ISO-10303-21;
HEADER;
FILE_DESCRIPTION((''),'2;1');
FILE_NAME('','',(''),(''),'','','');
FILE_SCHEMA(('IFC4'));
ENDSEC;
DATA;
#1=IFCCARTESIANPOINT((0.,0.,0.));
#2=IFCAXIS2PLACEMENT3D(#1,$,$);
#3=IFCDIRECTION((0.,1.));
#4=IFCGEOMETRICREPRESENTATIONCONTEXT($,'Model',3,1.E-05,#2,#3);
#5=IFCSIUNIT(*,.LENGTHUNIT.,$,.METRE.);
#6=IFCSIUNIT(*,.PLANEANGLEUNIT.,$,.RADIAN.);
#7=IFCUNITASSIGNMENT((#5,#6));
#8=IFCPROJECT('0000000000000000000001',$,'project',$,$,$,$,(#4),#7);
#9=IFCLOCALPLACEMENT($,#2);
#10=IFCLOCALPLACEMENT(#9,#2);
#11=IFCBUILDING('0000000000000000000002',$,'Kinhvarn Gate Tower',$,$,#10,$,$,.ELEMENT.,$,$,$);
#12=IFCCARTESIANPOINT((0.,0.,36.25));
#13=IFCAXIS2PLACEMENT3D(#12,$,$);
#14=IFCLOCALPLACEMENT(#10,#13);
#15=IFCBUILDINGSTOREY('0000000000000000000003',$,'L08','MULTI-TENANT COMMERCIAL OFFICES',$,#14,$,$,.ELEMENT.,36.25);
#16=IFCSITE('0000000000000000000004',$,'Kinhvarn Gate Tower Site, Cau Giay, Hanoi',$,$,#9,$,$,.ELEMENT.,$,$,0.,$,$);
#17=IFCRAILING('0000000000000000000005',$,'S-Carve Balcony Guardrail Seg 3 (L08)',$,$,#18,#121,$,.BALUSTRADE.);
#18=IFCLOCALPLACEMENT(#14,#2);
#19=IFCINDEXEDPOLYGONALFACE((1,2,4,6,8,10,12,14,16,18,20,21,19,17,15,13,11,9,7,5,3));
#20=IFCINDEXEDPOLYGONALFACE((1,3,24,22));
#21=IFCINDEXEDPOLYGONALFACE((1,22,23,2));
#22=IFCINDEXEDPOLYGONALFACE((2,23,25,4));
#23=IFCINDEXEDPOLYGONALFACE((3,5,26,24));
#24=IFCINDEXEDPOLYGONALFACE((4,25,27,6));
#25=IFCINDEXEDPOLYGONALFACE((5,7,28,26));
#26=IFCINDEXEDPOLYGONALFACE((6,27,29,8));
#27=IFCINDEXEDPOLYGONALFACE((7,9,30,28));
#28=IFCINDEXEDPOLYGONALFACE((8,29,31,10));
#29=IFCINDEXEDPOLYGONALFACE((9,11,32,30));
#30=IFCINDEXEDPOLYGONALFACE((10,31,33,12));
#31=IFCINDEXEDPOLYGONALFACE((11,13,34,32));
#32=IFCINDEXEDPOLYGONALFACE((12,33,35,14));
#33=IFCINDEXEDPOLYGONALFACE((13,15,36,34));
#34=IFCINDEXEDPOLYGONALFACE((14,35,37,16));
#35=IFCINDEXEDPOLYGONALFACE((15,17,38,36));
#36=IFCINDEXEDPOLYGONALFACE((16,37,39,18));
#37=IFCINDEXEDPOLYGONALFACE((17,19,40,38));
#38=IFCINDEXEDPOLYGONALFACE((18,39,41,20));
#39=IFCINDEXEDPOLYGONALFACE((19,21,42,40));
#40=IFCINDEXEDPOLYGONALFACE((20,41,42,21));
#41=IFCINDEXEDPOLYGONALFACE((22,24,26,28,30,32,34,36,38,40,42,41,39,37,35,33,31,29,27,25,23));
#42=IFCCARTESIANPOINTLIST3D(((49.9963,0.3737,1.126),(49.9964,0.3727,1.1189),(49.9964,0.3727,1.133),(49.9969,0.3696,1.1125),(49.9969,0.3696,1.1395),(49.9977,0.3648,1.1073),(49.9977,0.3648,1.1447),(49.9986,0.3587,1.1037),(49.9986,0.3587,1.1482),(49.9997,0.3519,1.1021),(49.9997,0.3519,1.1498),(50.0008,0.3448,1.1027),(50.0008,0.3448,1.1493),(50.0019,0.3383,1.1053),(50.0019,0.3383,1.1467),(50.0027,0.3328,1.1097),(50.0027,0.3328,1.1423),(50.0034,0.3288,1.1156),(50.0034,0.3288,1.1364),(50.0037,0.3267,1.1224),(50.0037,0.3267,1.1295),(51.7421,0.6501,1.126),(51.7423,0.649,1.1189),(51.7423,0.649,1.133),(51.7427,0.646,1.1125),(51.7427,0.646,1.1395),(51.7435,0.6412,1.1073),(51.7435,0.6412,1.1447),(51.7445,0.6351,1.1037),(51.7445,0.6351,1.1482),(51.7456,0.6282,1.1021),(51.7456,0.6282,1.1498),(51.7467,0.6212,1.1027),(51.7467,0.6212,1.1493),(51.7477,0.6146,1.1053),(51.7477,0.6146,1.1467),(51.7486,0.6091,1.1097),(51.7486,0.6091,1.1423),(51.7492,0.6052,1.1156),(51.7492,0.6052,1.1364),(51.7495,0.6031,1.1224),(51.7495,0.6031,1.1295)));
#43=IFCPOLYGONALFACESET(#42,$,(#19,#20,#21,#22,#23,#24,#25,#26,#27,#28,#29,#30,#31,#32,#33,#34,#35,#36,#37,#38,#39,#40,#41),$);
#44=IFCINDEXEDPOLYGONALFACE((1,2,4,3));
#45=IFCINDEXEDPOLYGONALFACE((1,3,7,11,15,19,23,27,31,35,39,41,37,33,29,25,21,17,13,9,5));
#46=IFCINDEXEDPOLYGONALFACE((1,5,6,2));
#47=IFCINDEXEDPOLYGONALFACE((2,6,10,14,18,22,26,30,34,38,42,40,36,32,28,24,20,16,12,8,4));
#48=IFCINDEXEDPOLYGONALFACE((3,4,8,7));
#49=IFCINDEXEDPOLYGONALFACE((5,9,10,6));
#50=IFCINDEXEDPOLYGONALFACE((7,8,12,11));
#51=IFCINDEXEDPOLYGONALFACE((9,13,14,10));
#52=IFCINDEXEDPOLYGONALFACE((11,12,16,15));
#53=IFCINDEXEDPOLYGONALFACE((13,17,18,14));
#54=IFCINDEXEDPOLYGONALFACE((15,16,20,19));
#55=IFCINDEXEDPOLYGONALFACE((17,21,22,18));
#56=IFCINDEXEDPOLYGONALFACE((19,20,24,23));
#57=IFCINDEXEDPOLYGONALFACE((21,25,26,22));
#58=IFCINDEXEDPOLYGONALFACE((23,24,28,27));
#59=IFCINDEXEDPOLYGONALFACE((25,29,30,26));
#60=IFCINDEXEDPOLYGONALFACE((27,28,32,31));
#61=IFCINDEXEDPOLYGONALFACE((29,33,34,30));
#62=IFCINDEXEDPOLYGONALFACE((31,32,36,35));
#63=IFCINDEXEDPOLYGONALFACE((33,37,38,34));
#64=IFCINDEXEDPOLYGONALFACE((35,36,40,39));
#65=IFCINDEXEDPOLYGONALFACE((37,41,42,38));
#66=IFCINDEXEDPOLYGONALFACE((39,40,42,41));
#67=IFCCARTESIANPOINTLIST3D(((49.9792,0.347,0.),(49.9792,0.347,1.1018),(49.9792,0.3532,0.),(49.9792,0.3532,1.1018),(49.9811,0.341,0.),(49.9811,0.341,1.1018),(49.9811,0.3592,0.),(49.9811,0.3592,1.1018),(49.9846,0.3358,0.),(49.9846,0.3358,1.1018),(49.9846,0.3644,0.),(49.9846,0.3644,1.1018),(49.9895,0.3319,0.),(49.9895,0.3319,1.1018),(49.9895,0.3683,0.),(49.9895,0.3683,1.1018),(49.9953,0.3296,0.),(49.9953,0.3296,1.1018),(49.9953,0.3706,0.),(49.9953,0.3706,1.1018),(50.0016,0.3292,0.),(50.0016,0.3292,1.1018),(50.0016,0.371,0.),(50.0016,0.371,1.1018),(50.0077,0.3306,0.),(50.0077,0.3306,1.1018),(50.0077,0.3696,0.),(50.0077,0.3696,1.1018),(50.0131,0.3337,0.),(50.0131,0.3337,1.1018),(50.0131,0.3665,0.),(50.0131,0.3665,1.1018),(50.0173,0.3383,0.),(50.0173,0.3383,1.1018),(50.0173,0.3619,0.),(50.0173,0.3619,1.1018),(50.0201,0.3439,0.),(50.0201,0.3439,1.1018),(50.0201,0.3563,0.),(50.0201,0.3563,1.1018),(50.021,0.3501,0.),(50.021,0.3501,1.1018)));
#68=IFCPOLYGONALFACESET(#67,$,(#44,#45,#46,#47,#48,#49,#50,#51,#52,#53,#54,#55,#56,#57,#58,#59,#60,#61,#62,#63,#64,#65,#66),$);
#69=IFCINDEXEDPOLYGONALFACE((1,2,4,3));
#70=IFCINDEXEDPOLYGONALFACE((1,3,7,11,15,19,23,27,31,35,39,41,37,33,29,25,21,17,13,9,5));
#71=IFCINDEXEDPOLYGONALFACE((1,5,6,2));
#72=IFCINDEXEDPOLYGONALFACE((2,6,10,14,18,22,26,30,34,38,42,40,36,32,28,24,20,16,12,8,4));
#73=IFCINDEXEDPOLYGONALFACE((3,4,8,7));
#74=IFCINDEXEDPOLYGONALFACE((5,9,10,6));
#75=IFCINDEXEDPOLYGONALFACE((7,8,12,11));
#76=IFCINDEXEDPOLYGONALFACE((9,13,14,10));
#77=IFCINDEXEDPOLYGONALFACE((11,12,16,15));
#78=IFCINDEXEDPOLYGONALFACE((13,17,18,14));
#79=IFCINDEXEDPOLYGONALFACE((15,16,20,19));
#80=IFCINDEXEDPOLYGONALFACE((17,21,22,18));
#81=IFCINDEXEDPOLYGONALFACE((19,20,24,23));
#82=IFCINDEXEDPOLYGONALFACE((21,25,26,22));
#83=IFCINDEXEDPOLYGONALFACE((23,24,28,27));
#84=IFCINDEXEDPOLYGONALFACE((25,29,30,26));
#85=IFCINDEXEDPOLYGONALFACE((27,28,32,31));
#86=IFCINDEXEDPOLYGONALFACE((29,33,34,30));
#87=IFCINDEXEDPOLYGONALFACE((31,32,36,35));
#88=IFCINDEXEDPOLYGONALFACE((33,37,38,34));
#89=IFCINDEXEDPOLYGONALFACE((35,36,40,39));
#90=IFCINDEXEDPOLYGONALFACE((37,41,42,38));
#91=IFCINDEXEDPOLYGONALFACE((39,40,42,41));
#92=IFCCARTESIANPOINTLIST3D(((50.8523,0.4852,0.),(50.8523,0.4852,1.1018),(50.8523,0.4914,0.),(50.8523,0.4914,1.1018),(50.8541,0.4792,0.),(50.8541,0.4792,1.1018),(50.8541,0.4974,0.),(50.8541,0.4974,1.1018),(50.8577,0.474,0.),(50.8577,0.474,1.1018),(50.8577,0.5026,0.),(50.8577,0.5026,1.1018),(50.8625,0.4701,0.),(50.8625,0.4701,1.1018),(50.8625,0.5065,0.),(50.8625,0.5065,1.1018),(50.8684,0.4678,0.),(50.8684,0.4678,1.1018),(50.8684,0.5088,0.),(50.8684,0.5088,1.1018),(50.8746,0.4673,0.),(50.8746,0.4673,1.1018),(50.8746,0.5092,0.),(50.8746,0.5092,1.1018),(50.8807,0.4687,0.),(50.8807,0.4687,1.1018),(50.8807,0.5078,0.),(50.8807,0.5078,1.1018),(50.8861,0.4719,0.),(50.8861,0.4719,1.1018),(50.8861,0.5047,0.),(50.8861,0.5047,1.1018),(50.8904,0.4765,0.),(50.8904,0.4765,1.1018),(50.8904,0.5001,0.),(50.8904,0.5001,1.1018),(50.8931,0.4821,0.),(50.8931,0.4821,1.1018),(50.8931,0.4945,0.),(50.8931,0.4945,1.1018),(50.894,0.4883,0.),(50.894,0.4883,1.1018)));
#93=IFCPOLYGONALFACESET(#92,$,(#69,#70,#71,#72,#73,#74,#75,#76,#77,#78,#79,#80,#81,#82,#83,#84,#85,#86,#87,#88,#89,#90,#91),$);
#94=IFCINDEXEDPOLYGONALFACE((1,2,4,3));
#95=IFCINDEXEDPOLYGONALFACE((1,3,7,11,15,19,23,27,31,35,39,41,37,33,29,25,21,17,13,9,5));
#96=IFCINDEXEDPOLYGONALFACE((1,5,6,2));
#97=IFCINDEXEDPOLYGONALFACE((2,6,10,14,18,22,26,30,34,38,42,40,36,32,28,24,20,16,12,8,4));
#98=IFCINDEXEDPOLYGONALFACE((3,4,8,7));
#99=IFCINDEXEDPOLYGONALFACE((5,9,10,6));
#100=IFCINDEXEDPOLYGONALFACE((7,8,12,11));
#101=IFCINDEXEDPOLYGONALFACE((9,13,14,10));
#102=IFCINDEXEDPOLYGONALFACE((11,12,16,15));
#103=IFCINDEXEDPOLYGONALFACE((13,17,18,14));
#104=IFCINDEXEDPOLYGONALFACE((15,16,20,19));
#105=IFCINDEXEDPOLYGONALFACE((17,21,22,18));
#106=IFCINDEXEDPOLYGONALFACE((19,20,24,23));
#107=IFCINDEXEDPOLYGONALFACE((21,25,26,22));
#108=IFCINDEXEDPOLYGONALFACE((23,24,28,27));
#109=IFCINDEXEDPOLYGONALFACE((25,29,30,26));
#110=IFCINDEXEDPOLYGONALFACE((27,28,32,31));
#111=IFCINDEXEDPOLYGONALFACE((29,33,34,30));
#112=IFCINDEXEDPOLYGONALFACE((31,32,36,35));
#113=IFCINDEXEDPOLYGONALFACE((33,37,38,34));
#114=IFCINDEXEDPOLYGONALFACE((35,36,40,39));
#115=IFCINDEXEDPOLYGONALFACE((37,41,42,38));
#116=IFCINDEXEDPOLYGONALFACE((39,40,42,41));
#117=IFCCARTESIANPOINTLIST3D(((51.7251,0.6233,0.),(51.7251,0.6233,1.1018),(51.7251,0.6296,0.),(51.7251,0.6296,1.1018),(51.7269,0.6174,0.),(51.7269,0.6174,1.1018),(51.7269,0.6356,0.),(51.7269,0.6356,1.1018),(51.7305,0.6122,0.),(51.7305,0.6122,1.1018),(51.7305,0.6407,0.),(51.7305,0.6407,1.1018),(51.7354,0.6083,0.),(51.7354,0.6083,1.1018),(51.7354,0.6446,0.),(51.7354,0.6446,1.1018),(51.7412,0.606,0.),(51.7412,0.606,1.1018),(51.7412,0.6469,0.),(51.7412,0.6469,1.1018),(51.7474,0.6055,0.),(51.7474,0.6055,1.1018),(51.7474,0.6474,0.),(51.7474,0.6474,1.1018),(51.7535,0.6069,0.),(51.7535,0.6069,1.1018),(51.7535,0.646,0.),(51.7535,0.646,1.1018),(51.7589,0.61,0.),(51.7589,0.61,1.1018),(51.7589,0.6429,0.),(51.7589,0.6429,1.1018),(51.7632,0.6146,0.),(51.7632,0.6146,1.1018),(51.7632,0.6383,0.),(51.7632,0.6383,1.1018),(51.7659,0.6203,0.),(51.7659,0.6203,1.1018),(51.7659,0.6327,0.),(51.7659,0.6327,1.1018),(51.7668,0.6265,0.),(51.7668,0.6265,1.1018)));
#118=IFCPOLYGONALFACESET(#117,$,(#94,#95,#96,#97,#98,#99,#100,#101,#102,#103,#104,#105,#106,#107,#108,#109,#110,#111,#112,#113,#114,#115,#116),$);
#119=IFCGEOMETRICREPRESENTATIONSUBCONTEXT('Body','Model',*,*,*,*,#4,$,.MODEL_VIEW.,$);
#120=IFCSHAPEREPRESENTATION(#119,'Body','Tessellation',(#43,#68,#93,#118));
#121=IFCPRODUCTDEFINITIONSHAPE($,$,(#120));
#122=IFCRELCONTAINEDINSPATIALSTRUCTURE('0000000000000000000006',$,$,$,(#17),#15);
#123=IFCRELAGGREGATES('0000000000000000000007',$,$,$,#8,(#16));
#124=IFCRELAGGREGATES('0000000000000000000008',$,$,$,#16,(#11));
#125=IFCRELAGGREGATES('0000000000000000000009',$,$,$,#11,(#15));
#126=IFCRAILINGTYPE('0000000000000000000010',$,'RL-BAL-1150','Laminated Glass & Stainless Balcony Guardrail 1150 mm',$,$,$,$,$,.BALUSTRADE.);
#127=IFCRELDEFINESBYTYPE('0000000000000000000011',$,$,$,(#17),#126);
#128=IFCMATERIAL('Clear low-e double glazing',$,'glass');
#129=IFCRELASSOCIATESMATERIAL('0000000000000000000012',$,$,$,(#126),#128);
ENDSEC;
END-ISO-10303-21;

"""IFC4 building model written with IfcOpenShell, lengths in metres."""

from ifc_helpers import new_model, si_unit, direction, frame, origin, origin_2d, place, context, subcontext, project, spatial, circle, extrude, material, type_object, element, save


model = new_model("IFC4")

# Units and contexts
model_context = context("Model", 3, precision=1e-05, world=origin(), true_north=direction((0.0, 1.0)))
body_context = subcontext(model_context, "Body", "Model", "MODEL_VIEW")
ifc_project = project(units=[si_unit("LENGTHUNIT", "METRE"), si_unit("PLANEANGLEUNIT", "RADIAN")], contexts=[model_context])

# Site, building, storey
site_placement = place(None, origin())
site = spatial("IfcSite", under=ifc_project, at=site_placement, Name="Kinhvarn Gate Tower Site, Cau Giay, Hanoi", CompositionType="ELEMENT", RefElevation=0.0)
building_placement = place(site_placement, origin())
building = spatial("IfcBuilding", under=site, at=building_placement, Name="Kinhvarn Gate Tower", CompositionType="ELEMENT")
storey_placement = place(building_placement, frame((0.0, 0.0, 36.25)))
storey = spatial("IfcBuildingStorey", under=building, at=storey_placement, Name="L08", Description="MULTI-TENANT COMMERCIAL OFFICES", CompositionType="ELEMENT", Elevation=36.25)

# Shared definitions
ifc_material_1 = material(Name="Clear low-e double glazing", Category="glass")

# Railing
railing_type = type_object("IfcRailingType", Name="RL-BAL-1150", Description="Laminated Glass & Stainless Balcony Guardrail 1150 mm", PredefinedType="BALUSTRADE", material=ifc_material_1)
railing_1_placement = place(storey_placement, frame((50.0, 0.3501, 0.0)))
element("IfcRailing", 1, at=railing_1_placement, inside=storey, type_object=railing_type, Name="S-Carve Balcony Guardrail Seg 3 (L08)", PredefinedType="BALUSTRADE", context=body_context, shape_type="SweptSolid", body=[
    extrude(circle(Radius=0.0239, at=origin_2d()), frame((0.0, 0.0, 1.126), z_axis=(0.987701, 0.156353, 0.0), x_axis=(-0.156353, 0.987701, 0.0)), (0.0, 0.0, 1.0), 1.7676),
    extrude(circle(Radius=0.021, at=origin_2d()), origin(), (0.0, 0.0, 1.0), 1.1018),
    extrude(circle(Radius=0.021, at=origin_2d()), frame((0.873, 0.1382, 0.0)), (0.0, 0.0, 1.0), 1.1018),
    extrude(circle(Radius=0.021, at=origin_2d()), frame((1.7458, 0.2764, 0.0)), (0.0, 0.0, 1.0), 1.1018),
])

save(model, "model.ifc")
